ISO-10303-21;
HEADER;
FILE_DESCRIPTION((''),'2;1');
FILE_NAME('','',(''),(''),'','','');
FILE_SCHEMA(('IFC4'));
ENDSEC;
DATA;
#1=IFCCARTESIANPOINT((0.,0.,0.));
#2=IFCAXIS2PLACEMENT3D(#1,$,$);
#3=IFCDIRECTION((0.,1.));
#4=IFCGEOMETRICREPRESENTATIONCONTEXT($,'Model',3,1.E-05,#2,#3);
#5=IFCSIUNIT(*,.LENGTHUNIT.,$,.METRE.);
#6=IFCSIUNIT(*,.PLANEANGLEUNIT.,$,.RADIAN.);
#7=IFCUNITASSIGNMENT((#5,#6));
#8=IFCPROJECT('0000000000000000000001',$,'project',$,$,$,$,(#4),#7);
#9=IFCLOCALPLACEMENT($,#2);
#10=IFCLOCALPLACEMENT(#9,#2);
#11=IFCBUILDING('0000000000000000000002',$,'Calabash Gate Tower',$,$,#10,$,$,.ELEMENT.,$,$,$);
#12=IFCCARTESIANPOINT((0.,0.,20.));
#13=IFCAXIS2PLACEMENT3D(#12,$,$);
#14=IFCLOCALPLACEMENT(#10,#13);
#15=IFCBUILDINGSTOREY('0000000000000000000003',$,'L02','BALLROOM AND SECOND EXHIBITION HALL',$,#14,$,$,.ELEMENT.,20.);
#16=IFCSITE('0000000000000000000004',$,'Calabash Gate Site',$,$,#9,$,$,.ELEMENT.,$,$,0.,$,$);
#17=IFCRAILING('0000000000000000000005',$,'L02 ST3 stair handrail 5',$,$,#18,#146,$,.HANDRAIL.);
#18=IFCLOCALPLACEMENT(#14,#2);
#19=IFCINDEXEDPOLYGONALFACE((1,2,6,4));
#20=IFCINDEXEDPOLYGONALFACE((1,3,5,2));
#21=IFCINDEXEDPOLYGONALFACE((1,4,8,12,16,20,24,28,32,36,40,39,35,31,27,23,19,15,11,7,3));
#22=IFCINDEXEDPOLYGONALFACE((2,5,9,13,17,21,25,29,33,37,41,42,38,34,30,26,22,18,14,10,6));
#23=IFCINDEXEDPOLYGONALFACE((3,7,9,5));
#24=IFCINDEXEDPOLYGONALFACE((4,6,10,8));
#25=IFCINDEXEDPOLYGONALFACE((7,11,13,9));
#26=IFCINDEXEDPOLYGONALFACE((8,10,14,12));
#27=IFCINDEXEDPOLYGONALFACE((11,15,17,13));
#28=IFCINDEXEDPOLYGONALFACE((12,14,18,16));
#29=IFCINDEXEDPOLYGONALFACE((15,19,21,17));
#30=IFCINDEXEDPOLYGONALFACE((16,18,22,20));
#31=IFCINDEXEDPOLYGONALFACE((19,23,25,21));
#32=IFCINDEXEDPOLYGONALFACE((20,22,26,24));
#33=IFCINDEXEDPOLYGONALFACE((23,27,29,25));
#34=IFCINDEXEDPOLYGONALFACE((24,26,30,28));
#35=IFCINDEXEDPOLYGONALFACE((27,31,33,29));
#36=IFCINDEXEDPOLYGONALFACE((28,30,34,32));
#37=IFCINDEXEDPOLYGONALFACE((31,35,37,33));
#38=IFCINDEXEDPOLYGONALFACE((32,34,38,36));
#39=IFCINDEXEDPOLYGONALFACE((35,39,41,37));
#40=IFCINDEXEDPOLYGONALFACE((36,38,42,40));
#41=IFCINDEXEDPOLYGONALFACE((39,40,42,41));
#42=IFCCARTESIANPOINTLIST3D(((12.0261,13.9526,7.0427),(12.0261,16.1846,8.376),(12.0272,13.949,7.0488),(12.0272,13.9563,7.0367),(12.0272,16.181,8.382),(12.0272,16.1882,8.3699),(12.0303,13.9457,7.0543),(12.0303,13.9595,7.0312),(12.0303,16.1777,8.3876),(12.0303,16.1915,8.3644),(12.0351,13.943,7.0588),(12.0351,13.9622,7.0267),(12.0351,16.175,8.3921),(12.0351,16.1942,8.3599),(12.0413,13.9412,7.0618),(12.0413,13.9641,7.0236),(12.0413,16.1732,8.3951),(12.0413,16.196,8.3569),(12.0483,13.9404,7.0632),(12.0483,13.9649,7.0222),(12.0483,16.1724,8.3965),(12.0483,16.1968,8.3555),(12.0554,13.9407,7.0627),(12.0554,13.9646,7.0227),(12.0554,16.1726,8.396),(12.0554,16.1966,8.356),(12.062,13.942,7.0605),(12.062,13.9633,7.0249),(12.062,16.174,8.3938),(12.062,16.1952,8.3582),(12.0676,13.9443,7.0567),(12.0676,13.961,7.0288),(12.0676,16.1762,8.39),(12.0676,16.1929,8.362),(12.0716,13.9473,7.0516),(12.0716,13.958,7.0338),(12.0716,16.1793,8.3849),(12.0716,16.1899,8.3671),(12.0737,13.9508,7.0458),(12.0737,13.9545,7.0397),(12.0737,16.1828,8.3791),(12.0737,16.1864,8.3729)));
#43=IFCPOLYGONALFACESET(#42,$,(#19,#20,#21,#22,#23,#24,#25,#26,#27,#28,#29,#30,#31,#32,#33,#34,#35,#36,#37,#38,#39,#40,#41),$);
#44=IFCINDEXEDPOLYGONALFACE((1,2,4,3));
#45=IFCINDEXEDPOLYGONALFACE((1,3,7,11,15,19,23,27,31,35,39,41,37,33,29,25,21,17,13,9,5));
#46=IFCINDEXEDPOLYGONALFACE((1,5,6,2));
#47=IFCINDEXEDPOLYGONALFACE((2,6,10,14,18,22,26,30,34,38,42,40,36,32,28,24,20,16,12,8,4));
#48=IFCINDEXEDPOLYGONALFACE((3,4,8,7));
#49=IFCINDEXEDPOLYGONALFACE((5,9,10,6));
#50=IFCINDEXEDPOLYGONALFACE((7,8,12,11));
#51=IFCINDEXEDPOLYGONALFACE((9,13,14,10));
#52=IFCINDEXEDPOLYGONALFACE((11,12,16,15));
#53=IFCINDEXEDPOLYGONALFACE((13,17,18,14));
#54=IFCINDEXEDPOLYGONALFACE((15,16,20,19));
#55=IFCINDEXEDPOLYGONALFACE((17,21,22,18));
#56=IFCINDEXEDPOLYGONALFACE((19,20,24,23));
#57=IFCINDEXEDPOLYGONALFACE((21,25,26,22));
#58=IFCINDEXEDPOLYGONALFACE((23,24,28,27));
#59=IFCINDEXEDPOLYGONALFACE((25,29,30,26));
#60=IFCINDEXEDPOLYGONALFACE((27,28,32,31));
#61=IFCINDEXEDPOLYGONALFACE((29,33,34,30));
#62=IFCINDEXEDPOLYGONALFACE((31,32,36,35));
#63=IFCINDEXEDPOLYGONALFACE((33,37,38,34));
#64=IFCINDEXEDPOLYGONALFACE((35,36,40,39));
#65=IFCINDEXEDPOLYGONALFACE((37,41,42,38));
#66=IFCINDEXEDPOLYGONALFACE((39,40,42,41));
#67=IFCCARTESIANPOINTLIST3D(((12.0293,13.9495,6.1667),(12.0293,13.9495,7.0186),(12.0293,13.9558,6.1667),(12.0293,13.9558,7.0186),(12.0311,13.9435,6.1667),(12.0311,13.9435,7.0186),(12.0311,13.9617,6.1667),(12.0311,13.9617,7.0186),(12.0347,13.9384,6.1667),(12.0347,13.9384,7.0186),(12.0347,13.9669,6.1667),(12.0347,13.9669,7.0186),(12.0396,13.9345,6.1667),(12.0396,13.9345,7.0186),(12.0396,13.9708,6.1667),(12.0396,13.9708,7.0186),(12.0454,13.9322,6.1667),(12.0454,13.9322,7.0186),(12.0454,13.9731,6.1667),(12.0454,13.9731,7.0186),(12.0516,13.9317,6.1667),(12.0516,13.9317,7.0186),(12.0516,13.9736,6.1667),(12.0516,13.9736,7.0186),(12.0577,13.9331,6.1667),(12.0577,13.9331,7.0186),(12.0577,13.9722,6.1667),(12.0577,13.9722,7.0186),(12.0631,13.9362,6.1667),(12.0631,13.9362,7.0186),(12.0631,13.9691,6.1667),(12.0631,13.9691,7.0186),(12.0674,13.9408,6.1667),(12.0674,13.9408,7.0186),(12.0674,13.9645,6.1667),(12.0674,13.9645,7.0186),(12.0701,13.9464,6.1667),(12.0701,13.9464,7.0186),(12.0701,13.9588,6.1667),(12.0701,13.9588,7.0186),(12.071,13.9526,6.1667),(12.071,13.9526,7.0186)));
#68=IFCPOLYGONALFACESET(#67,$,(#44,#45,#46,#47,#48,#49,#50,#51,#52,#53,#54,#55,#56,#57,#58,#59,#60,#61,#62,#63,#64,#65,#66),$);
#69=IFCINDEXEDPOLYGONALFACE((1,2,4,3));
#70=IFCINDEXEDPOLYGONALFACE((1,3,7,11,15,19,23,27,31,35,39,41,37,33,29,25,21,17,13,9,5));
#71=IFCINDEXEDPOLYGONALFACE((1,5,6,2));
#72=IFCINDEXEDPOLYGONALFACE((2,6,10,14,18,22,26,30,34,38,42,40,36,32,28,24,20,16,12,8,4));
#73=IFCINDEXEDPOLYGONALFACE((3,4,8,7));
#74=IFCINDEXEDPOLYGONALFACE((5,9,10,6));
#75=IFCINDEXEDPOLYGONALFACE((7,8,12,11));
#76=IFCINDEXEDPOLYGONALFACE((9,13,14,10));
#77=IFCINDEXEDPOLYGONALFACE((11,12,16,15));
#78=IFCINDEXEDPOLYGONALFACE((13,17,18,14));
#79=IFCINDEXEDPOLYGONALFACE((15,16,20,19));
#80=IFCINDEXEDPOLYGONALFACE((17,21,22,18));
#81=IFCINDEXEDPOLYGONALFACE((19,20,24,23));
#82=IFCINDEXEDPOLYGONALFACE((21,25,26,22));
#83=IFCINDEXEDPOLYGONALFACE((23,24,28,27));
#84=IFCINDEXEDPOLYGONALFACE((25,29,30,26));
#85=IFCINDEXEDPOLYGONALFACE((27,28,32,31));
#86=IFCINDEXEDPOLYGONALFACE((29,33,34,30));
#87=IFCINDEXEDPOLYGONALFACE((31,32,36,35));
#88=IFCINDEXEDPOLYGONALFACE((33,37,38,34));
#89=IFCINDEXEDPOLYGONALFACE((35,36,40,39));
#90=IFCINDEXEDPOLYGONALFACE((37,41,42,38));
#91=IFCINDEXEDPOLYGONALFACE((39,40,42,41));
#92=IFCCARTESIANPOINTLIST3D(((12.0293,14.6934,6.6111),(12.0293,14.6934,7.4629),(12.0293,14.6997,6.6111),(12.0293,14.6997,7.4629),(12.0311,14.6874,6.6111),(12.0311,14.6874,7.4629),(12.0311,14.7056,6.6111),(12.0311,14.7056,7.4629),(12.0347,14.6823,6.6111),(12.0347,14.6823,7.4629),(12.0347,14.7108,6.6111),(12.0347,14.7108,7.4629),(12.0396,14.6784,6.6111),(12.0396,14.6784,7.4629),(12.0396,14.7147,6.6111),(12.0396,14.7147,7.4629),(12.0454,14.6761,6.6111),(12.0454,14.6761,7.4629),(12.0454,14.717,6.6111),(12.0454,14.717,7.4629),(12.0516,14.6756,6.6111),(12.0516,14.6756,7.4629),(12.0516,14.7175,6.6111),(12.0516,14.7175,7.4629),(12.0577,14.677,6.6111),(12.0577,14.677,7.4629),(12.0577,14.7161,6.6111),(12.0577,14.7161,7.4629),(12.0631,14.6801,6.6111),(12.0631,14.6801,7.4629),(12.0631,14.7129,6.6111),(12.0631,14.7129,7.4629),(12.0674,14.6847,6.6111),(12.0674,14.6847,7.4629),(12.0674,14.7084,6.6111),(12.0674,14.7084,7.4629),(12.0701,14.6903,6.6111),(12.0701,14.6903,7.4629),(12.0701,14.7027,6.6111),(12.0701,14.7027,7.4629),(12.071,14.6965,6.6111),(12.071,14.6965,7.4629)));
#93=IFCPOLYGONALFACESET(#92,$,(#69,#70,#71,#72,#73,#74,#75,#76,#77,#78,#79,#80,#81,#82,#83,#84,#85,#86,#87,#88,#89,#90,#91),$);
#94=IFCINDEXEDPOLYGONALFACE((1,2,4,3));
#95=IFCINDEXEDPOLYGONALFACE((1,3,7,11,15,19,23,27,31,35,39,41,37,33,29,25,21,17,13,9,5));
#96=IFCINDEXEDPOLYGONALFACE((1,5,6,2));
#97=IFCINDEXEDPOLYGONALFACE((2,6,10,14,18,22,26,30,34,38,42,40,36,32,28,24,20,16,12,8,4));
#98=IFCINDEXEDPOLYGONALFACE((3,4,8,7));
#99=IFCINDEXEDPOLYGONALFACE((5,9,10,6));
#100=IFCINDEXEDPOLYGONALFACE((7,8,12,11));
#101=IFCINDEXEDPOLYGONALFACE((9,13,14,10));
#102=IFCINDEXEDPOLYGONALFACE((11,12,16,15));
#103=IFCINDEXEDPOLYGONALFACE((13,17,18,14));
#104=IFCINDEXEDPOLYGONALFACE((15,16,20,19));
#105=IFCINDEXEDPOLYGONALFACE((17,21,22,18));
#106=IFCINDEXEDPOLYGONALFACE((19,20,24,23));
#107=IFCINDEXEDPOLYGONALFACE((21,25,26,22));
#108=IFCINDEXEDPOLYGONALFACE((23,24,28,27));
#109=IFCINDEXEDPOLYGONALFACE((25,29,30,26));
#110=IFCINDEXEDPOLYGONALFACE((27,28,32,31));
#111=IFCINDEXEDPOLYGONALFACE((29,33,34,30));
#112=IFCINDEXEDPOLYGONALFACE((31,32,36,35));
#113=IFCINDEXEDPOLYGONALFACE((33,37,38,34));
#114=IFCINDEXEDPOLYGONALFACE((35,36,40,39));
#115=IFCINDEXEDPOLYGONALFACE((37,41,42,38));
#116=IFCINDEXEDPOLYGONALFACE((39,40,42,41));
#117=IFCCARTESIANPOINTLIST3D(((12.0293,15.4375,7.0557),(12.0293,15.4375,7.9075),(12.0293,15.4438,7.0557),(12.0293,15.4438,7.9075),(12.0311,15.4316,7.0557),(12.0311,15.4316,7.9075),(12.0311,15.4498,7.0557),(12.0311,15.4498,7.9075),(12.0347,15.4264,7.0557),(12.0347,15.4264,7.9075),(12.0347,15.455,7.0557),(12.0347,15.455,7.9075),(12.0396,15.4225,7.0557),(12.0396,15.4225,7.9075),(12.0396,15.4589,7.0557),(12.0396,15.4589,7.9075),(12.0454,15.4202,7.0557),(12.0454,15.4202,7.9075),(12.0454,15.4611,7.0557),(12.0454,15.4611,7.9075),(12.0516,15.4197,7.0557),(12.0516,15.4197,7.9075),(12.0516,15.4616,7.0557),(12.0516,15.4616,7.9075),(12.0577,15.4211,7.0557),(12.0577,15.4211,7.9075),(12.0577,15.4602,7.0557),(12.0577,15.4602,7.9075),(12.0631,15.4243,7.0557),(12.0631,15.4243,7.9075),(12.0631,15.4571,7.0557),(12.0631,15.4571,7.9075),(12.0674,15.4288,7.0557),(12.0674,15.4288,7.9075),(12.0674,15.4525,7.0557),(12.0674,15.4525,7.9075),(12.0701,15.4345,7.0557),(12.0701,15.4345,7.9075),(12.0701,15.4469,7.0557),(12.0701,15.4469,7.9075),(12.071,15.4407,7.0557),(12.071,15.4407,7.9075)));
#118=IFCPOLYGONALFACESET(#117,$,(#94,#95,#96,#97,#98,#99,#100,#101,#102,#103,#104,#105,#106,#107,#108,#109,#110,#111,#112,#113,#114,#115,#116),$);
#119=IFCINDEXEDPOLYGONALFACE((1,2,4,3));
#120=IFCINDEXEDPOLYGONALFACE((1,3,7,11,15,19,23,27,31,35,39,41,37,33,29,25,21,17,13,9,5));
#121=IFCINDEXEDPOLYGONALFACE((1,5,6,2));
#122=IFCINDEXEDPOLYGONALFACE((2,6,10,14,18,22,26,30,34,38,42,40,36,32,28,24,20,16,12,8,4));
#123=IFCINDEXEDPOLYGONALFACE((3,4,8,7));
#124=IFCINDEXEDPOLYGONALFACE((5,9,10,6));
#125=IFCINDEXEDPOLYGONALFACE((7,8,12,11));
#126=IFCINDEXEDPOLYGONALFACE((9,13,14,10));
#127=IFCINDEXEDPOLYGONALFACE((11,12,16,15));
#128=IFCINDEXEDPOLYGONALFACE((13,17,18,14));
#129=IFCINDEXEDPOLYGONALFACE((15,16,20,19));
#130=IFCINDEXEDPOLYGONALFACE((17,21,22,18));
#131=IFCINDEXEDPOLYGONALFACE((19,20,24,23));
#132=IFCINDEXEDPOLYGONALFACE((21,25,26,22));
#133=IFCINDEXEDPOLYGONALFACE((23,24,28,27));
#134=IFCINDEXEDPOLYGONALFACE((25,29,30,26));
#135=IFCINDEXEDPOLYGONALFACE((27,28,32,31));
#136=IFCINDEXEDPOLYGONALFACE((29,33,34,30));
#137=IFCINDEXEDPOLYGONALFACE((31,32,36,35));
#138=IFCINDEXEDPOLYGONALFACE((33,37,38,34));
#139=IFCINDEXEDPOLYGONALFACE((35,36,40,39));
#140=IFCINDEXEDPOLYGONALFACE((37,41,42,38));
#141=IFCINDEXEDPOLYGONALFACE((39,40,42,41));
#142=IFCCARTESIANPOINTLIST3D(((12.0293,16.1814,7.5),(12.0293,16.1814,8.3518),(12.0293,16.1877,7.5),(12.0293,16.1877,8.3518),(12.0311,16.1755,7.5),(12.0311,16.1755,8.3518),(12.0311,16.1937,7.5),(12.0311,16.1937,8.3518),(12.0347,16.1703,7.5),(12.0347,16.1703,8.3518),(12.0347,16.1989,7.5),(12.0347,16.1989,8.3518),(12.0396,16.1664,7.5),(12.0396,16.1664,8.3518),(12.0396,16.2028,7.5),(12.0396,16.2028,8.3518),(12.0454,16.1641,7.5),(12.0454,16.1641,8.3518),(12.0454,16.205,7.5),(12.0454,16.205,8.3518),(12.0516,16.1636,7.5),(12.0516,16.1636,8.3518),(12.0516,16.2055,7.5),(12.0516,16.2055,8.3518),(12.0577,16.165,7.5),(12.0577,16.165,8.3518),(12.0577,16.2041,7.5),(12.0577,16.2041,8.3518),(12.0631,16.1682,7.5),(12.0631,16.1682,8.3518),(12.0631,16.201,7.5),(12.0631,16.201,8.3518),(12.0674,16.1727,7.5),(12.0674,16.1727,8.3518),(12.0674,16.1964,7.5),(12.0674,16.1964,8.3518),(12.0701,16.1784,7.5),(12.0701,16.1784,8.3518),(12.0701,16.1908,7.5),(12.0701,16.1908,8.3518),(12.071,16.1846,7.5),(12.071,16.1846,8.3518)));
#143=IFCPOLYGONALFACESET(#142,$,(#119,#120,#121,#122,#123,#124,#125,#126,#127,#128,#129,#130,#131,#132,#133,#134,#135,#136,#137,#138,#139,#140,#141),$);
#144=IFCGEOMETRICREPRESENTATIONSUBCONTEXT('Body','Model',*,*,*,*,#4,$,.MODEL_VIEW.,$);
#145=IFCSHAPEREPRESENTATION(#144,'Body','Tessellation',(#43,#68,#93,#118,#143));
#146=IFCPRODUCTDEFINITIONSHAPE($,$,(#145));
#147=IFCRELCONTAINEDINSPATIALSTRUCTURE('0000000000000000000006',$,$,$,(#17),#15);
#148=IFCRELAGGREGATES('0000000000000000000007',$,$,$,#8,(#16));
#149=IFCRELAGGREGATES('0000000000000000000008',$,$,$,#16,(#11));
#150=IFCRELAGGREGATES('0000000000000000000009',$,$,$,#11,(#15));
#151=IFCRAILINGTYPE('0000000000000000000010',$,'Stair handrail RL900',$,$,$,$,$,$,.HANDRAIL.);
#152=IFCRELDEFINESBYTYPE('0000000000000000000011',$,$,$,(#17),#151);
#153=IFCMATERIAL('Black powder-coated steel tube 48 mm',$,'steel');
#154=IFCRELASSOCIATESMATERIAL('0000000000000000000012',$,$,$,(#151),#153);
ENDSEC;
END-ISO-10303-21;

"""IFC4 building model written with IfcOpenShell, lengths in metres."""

from ifc_helpers import new_model, si_unit, direction, frame, origin, origin_2d, place, context, subcontext, project, spatial, circle, extrude, material, type_object, element, save


model = new_model("IFC4")

# Units and contexts
model_context = context("Model", 3, precision=1e-05, world=origin(), true_north=direction((0.0, 1.0)))
body_context = subcontext(model_context, "Body", "Model", "MODEL_VIEW")
ifc_project = project(units=[si_unit("LENGTHUNIT", "METRE"), si_unit("PLANEANGLEUNIT", "RADIAN")], contexts=[model_context])

# Site, building, storey
site_placement = place(None, origin())
site = spatial("IfcSite", under=ifc_project, at=site_placement, Name="Calabash Gate Site", CompositionType="ELEMENT", RefElevation=0.0)
building_placement = place(site_placement, origin())
building = spatial("IfcBuilding", under=site, at=building_placement, Name="Calabash Gate Tower", CompositionType="ELEMENT")
storey_placement = place(building_placement, frame((0.0, 0.0, 20.0)))
storey = spatial("IfcBuildingStorey", under=building, at=storey_placement, Name="L02", Description="BALLROOM AND SECOND EXHIBITION HALL", CompositionType="ELEMENT", Elevation=20.0)

# Railing
ifc_material_1 = material(Name="Black powder-coated steel tube 48 mm", Category="steel")
railing_type_1 = type_object("IfcRailingType", Name="Stair handrail RL900", PredefinedType="HANDRAIL", material=ifc_material_1)
railing_1_placement = place(storey_placement, frame((12.05, 13.9526, 6.1667)))
element("IfcRailing", 1, at=railing_1_placement, inside=storey, type_object=railing_type_1, Name="L02 ST3 stair handrail 5", PredefinedType="HANDRAIL", context=body_context, shape_type="SweptSolid", body=[
    extrude(circle(Radius=0.0239, at=origin_2d()), frame((0.0, 0.0, 0.876), z_axis=(0.0, 0.858494, 0.512824), x_axis=(-1.0, 0.0, 0.0)), (0.0, 0.0, 1.0), 2.5999),
    extrude(circle(Radius=0.021, at=origin_2d()), origin(), (0.0, 0.0, 1.0), 0.8518),
    extrude(circle(Radius=0.021, at=origin_2d()), frame((0.0, 0.7439, 0.4443)), (0.0, 0.0, 1.0), 0.8518),
    extrude(circle(Radius=0.021, at=origin_2d()), frame((0.0, 1.488, 0.8889)), (0.0, 0.0, 1.0), 0.8518),
    extrude(circle(Radius=0.021, at=origin_2d()), frame((0.0, 2.2319, 1.3333)), (0.0, 0.0, 1.0), 0.8518),
])

save(model, "model.ifc")
